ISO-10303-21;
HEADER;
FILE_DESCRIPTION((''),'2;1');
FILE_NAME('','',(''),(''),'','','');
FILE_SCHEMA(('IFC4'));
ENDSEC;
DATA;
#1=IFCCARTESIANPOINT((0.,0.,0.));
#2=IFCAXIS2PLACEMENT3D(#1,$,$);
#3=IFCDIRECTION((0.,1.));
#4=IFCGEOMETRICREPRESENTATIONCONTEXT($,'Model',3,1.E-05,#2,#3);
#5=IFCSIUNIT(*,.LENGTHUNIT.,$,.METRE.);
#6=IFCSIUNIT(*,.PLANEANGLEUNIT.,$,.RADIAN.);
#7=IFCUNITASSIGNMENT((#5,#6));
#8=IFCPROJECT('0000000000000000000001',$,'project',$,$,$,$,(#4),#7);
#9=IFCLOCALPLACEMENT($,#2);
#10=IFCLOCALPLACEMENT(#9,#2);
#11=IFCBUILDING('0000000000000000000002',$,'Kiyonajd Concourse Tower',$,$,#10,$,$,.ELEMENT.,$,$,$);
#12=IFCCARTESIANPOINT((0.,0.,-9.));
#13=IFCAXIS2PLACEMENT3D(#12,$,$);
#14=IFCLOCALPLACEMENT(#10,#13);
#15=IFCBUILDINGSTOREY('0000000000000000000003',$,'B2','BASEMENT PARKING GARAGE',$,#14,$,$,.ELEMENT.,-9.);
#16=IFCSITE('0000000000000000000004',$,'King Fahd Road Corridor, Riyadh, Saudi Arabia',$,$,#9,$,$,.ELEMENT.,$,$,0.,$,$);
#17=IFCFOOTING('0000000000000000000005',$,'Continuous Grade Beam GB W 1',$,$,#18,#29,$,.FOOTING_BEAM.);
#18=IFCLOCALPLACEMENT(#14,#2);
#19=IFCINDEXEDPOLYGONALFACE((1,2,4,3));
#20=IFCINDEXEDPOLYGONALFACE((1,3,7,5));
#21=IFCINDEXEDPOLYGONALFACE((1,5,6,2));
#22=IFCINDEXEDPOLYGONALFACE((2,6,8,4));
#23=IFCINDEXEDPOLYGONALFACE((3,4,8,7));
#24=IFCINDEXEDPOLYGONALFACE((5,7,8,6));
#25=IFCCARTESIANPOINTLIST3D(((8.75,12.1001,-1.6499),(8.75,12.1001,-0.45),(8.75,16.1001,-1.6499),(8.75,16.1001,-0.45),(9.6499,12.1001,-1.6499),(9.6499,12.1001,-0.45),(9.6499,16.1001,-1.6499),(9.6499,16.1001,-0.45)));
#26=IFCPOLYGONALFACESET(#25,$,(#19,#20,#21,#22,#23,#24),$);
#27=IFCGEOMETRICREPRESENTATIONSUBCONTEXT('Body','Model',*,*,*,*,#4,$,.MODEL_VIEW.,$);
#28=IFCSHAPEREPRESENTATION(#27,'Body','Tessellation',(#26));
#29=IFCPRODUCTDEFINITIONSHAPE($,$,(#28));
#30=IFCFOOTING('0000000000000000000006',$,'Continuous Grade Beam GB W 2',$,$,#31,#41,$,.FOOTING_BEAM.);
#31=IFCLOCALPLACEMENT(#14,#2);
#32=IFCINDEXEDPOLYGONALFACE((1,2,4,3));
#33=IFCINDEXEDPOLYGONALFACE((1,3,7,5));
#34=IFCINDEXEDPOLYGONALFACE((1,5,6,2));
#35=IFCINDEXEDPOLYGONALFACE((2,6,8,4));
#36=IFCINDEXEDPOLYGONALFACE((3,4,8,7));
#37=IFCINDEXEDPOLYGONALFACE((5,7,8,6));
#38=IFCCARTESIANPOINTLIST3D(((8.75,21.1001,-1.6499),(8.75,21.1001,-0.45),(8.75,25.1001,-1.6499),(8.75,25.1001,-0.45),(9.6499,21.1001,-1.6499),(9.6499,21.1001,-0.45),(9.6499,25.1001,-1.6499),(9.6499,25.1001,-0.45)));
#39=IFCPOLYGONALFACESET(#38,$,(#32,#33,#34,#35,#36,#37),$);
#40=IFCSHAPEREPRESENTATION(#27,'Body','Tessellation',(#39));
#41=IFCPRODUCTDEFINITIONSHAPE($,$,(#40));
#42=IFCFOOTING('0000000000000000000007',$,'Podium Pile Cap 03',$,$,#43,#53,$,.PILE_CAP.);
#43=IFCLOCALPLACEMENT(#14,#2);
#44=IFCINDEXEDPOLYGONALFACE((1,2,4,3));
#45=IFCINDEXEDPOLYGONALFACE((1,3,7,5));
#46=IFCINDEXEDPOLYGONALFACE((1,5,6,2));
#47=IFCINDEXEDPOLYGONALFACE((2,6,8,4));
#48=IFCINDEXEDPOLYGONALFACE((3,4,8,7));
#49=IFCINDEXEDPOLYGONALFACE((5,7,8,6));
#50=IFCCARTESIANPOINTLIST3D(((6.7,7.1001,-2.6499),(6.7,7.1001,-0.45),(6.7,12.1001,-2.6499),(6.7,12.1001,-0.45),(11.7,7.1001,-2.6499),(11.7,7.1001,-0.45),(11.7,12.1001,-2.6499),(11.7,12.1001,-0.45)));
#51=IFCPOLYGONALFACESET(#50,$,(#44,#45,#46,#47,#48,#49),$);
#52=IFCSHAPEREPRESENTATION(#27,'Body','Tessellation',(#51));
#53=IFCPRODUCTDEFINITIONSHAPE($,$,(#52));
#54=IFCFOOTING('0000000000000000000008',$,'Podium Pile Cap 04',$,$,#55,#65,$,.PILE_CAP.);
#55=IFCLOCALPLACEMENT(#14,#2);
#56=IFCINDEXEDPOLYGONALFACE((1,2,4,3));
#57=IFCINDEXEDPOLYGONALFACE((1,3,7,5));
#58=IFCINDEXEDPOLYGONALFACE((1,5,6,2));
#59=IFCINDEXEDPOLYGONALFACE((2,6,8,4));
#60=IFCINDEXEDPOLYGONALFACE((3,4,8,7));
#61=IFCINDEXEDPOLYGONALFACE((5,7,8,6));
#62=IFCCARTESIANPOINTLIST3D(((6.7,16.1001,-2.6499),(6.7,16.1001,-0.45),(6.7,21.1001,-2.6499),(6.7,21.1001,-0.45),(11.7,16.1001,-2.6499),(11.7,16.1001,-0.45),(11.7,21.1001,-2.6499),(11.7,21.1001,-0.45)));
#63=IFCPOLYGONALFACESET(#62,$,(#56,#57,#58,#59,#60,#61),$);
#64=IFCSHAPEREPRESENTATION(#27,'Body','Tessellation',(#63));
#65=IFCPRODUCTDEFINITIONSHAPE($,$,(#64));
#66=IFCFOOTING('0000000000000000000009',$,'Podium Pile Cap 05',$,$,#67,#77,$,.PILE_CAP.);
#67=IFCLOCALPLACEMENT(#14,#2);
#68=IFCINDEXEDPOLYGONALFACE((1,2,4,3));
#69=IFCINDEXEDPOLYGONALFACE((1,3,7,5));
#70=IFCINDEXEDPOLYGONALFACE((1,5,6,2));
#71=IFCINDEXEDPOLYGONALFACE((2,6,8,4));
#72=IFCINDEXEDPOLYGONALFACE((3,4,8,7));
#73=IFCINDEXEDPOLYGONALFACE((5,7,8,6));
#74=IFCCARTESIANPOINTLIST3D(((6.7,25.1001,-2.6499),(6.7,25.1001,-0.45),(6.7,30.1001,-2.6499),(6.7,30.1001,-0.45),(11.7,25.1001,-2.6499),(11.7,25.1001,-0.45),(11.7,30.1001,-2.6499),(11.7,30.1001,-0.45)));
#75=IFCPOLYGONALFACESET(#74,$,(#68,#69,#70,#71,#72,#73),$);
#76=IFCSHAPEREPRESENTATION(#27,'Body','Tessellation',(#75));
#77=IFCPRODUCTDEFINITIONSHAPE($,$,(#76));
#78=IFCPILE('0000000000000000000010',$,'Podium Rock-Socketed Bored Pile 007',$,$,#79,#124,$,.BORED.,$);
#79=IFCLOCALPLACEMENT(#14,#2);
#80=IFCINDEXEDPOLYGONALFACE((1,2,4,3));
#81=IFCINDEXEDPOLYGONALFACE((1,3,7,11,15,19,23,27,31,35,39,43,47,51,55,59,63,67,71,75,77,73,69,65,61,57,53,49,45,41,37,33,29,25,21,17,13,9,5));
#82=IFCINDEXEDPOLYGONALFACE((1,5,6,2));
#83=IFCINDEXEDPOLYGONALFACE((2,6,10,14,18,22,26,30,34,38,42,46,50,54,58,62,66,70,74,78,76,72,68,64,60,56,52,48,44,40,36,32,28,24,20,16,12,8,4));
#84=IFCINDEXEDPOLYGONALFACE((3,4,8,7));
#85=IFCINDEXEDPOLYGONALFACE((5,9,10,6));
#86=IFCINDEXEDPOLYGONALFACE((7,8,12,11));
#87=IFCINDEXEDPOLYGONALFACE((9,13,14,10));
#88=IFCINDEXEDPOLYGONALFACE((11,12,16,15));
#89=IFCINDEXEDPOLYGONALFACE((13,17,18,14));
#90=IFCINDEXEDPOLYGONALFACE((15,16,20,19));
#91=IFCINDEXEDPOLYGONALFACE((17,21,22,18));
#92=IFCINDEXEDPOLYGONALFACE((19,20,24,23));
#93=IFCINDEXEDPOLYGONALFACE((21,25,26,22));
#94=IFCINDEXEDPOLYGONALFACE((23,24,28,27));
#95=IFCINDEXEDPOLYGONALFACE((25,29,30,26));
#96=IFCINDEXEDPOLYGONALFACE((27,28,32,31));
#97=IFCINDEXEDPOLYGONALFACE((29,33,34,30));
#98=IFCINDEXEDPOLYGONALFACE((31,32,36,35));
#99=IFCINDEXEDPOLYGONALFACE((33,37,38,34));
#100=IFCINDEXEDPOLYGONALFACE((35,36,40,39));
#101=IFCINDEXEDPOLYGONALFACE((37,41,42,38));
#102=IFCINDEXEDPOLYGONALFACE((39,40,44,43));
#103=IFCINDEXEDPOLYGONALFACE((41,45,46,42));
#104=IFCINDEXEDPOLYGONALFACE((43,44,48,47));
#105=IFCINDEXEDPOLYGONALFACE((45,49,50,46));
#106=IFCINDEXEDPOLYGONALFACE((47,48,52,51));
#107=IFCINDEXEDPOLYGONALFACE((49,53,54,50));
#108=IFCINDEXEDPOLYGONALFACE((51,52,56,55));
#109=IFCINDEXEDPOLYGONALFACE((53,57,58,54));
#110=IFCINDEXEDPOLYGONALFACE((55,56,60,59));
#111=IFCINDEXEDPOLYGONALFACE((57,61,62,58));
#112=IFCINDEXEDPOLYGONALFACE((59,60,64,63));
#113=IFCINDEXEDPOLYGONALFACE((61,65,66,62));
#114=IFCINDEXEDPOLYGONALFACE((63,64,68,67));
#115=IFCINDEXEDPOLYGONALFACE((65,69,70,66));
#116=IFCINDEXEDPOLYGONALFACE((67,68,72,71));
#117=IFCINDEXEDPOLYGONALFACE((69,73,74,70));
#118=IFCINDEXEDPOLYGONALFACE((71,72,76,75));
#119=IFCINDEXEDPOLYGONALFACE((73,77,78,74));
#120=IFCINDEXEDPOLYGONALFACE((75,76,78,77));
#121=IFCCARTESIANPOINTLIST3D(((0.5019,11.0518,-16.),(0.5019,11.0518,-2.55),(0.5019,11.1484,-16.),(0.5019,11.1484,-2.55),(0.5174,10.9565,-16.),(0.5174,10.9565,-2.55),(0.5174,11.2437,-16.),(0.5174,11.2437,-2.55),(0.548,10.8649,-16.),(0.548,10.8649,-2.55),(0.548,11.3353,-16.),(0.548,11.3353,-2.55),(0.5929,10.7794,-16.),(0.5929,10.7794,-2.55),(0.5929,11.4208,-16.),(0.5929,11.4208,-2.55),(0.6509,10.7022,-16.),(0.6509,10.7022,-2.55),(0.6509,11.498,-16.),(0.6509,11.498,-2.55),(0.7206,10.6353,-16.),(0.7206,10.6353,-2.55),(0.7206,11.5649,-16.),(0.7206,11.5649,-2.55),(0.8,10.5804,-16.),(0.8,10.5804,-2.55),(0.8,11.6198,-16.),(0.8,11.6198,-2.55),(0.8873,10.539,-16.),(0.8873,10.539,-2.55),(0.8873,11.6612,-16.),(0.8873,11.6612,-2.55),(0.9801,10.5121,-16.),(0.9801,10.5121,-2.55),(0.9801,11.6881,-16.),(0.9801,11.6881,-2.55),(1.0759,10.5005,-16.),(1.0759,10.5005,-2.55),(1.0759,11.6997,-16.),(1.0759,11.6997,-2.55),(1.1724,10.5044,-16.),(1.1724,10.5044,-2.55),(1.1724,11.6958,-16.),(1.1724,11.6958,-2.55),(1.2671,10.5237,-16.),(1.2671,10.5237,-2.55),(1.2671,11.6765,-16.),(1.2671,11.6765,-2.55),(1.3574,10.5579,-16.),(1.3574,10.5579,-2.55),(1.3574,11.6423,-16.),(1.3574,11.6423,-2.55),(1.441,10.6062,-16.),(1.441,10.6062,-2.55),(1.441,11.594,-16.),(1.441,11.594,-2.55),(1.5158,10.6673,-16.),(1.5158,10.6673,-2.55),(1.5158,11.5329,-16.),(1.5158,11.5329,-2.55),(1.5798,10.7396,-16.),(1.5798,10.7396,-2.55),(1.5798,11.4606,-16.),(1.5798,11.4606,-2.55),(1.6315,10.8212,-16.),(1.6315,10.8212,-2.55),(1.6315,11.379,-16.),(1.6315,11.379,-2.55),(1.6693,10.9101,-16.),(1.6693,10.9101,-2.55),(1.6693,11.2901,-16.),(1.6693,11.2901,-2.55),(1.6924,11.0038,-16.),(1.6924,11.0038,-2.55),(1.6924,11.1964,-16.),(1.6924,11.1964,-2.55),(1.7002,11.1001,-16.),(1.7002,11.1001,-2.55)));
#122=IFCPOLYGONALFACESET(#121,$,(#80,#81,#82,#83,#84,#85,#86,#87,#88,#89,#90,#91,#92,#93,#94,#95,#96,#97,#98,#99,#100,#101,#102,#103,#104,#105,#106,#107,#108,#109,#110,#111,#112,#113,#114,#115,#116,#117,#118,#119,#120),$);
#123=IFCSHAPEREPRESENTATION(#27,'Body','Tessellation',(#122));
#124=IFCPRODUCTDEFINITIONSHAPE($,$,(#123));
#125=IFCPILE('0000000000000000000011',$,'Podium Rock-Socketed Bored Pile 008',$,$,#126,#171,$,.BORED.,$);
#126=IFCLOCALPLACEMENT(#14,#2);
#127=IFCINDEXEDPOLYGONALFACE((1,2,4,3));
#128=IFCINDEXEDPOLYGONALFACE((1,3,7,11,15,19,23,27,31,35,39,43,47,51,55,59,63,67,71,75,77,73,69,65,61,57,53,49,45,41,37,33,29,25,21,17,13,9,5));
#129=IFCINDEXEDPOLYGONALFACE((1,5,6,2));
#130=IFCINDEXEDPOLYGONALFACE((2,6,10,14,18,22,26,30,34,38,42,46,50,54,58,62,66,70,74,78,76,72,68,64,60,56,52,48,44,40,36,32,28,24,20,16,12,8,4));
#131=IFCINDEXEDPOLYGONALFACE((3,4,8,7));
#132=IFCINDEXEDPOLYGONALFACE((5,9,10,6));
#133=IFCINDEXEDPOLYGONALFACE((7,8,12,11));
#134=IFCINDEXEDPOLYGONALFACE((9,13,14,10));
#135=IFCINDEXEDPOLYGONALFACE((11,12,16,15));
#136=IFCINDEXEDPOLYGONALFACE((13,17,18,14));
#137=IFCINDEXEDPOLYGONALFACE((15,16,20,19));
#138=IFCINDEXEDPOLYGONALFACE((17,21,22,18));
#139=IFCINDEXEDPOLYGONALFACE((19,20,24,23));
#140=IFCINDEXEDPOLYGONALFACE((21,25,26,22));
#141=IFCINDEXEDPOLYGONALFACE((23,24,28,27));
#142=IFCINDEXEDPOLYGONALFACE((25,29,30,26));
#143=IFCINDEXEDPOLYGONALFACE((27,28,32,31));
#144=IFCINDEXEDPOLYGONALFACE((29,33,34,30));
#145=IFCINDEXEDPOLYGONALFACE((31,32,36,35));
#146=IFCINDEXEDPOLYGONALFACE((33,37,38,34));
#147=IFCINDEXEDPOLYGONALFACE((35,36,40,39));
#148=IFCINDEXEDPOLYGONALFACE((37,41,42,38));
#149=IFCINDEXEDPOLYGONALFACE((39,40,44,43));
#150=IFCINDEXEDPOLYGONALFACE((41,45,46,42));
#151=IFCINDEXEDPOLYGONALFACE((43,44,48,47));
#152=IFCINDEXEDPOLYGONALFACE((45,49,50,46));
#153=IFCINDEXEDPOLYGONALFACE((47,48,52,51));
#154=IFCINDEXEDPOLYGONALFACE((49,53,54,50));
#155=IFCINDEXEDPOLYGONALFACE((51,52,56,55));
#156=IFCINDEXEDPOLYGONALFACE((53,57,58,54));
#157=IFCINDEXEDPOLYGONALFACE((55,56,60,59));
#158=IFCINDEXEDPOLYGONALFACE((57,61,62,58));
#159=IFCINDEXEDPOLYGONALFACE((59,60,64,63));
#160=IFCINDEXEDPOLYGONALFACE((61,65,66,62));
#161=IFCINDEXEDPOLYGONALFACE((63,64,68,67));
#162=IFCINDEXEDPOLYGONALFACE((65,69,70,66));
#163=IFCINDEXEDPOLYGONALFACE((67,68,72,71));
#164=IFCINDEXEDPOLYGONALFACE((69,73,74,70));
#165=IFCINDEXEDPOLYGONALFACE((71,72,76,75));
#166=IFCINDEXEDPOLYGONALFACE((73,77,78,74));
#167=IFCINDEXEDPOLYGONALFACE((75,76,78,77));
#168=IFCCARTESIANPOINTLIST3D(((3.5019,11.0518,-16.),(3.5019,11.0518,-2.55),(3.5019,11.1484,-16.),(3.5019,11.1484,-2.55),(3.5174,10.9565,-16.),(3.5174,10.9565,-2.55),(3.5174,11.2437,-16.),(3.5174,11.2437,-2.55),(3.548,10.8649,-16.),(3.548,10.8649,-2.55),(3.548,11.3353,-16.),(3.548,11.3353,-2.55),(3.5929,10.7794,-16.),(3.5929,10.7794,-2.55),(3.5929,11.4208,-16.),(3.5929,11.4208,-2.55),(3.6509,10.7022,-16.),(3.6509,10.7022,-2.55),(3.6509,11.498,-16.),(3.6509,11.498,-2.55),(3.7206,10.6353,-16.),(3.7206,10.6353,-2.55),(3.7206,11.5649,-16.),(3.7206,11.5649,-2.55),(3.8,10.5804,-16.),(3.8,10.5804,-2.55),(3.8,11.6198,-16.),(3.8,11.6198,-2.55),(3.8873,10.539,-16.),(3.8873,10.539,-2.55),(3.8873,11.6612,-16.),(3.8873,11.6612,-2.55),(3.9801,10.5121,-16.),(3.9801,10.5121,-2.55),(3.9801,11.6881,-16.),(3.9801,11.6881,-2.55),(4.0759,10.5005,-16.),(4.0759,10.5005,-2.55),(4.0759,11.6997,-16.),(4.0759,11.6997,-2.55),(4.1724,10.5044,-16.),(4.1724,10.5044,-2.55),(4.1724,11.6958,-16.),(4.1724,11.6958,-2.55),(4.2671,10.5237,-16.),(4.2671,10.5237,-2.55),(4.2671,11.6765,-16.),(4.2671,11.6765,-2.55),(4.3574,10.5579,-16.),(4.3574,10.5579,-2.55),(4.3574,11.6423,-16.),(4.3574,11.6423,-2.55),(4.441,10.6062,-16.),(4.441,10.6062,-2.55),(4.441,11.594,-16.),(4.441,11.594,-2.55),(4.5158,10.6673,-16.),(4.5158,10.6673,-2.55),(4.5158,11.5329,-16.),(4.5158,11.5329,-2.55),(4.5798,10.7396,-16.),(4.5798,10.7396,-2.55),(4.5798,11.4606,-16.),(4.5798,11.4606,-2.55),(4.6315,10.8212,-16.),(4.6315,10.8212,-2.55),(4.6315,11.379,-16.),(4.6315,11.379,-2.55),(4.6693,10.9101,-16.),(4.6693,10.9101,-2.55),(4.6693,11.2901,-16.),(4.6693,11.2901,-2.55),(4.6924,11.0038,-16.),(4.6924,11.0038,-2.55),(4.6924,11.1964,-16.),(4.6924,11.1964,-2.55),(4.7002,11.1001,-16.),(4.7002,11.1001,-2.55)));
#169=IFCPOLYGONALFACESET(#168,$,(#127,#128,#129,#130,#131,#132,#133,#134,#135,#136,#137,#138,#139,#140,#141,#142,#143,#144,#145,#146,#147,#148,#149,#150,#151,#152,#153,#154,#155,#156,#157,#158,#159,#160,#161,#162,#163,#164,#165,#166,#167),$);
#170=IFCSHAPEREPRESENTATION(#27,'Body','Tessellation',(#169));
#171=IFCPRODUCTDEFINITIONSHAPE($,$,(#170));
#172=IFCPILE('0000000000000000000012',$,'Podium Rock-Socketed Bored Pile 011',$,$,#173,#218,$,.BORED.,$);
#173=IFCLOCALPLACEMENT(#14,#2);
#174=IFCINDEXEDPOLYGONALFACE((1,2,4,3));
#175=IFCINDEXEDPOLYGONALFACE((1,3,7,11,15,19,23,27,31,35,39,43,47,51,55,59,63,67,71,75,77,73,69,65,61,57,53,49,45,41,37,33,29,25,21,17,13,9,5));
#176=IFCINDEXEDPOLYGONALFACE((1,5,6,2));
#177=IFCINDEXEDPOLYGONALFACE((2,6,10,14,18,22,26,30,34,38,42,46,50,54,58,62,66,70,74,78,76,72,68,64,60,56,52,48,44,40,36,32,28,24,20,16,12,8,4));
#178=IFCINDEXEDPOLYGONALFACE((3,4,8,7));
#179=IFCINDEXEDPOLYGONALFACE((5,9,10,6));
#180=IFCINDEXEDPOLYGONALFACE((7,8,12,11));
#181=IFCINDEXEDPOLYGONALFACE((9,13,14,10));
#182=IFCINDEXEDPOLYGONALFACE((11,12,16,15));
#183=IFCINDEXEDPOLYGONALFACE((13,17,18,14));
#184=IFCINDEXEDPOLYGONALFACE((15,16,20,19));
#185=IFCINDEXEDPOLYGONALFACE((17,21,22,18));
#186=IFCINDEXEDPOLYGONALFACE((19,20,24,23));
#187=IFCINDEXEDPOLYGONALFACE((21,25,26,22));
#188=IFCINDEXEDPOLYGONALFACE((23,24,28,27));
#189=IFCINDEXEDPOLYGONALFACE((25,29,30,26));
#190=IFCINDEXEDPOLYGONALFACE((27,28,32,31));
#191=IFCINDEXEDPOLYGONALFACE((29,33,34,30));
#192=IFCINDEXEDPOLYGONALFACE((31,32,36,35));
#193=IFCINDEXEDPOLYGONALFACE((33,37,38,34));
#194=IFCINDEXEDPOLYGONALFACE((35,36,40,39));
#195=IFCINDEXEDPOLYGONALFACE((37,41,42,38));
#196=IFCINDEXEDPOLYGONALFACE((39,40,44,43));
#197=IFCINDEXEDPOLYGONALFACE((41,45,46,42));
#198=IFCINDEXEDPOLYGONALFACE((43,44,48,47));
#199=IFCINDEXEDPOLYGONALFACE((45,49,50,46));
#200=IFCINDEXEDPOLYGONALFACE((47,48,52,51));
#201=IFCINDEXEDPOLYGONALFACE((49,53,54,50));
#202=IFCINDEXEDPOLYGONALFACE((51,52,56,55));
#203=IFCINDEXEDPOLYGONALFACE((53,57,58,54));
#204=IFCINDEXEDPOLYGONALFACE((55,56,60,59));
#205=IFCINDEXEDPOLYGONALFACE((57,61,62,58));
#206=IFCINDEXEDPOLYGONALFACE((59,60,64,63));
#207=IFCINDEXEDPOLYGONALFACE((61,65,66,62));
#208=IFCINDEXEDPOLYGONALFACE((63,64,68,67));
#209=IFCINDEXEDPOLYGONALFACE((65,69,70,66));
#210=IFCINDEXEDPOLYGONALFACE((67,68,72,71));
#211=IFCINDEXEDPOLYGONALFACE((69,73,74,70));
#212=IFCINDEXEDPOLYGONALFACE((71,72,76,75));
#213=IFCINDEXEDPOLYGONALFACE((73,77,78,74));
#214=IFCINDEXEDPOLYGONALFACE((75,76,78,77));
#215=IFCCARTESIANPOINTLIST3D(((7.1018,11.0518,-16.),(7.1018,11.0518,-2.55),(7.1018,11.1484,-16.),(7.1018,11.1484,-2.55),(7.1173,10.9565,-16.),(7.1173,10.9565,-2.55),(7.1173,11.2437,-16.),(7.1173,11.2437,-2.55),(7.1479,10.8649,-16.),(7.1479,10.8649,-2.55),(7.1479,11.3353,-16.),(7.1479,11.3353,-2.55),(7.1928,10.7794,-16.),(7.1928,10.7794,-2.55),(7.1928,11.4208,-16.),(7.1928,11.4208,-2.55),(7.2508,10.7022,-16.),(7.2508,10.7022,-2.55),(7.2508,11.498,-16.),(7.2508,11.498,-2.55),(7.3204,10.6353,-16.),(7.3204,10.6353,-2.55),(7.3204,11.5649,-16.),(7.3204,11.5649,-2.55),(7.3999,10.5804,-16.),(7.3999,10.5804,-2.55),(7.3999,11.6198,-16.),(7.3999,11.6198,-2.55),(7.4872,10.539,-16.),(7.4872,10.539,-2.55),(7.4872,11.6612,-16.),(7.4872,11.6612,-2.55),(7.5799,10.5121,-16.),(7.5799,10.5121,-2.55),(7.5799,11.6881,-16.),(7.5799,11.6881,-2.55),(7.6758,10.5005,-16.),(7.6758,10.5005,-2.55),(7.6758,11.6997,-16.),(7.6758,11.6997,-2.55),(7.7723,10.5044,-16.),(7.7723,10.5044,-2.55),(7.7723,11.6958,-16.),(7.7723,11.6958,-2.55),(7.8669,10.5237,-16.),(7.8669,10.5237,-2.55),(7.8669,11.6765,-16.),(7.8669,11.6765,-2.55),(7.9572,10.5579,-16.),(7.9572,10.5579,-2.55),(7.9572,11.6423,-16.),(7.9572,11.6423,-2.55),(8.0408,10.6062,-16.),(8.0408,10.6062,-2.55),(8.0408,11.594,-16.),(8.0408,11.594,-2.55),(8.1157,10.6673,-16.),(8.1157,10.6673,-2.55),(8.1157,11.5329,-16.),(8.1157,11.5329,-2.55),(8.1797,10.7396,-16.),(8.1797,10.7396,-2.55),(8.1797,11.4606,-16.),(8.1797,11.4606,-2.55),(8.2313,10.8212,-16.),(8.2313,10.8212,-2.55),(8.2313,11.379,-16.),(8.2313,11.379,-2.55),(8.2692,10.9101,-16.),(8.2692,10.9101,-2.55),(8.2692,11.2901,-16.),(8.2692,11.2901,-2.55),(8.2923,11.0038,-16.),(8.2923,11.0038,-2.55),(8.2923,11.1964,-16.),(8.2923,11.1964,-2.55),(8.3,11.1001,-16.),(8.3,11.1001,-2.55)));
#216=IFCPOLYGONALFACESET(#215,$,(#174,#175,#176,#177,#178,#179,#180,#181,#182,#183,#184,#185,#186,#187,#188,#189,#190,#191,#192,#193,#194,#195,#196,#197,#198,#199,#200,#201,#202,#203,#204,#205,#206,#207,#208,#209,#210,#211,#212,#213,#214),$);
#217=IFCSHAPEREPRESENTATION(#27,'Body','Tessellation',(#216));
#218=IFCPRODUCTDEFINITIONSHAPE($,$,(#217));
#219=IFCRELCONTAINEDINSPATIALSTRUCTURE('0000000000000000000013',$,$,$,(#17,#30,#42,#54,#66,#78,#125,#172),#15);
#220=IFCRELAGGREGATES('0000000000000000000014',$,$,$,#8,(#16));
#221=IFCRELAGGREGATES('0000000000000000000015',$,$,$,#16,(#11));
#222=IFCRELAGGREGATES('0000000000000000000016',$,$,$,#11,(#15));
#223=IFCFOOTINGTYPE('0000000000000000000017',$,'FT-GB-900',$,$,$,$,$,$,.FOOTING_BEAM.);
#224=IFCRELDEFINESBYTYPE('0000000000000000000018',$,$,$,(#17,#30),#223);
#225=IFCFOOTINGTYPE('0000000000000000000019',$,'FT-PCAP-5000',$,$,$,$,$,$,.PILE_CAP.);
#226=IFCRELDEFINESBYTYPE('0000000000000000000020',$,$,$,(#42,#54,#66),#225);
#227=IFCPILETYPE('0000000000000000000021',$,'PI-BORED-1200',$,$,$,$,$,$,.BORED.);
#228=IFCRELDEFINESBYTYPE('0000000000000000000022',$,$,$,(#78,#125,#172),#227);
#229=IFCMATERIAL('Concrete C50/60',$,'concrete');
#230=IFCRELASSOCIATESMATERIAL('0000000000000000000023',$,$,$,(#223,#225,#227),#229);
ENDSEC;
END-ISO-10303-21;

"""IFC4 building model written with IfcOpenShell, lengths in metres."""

from ifc_helpers import new_model, si_unit, direction, frame, origin, origin_2d, place, context, subcontext, project, spatial, rectangle, circle, extrude, material, material_profile, profile_set, type_object, element, save


model = new_model("IFC4")

# Units and contexts
model_context = context("Model", 3, precision=1e-05, world=origin(), true_north=direction((0.0, 1.0)))
body_context = subcontext(model_context, "Body", "Model", "MODEL_VIEW")
ifc_project = project(units=[si_unit("LENGTHUNIT", "METRE"), si_unit("PLANEANGLEUNIT", "RADIAN")], contexts=[model_context])

# Site, building, storey
site_placement = place(None, origin())
site = spatial("IfcSite", under=ifc_project, at=site_placement, Name="King Fahd Road Corridor, Riyadh, Saudi Arabia", CompositionType="ELEMENT", RefElevation=0.0)
building_placement = place(site_placement, origin())
building = spatial("IfcBuilding", under=site, at=building_placement, Name="Kiyonajd Concourse Tower", CompositionType="ELEMENT")
storey_placement = place(building_placement, frame((0.0, 0.0, -9.0)))
storey = spatial("IfcBuildingStorey", under=building, at=storey_placement, Name="B2", Description="BASEMENT PARKING GARAGE", CompositionType="ELEMENT", Elevation=-9.0)

# Footings
ifc_material_1 = material(Name="Concrete C50/60", Category="concrete")
footing_type_1 = type_object("IfcFootingType", Name="FT-GB-900", PredefinedType="FOOTING_BEAM", material=ifc_material_1)
for number, where, z_axis, x_axis, name in (
    (1, (9.2, 14.1001, -1.6499), (0.0, 0.0, 1.0), (0.0, 1.0, 0.0), "Continuous Grade Beam GB W 1"),
    (2, (9.2, 23.1001, -1.6499), (0.0, 0.0, 1.0), (0.0, 1.0, 0.0), "Continuous Grade Beam GB W 2"),
):
    element("IfcFooting", number, at=place(storey_placement, frame(where, z_axis=z_axis, x_axis=x_axis)), inside=storey, type_object=footing_type_1, Name=name, PredefinedType="FOOTING_BEAM", context=body_context, shape_type="SweptSolid", body=[
        extrude(rectangle(XDim=4.0, YDim=0.8999, at=origin_2d()), origin(), (0.0, 0.0, 1.0), 1.2),
    ])
footing_type_2 = type_object("IfcFootingType", Name="FT-PCAP-5000", PredefinedType="PILE_CAP", material=ifc_material_1)
for number, where, z_axis, x_axis, name in (
    (3, (9.2, 9.6001, -2.6499), (0.0, 0.0, 1.0), (1.0, 0.0, 0.0), "Podium Pile Cap 03"),
    (4, (9.2, 18.6001, -2.6499), (0.0, 0.0, 1.0), (1.0, 0.0, 0.0), "Podium Pile Cap 04"),
    (5, (9.2, 27.6001, -2.6499), (0.0, 0.0, 1.0), (1.0, 0.0, 0.0), "Podium Pile Cap 05"),
):
    element("IfcFooting", number, at=place(storey_placement, frame(where, z_axis=z_axis, x_axis=x_axis)), inside=storey, type_object=footing_type_2, Name=name, PredefinedType="PILE_CAP", context=body_context, shape_type="SweptSolid", body=[
        extrude(rectangle(XDim=5.0, YDim=5.0, at=origin_2d()), origin(), (0.0, 0.0, 1.0), 2.2),
    ])

# Piles
ifc_material_profile_1 = material_profile(ifc_material_1, circle(Radius=0.6001, at=origin_2d()), Name="PILE-D1200")
ifc_profile_set_1 = profile_set([ifc_material_profile_1], Name="Concrete C50/60")
pile_type = type_object("IfcPileType", Name="PI-BORED-1200", PredefinedType="BORED", material=ifc_profile_set_1)
for number, where, z_axis, x_axis, name in (
    (6, (1.1001, 11.1001, -2.55), (0.0, 0.0, -1.0), (1.0, 0.0, 0.0), "Podium Rock-Socketed Bored Pile 007"),
    (7, (4.1001, 11.1001, -2.55), (0.0, 0.0, -1.0), (1.0, 0.0, 0.0), "Podium Rock-Socketed Bored Pile 008"),
    (8, (7.7, 11.1001, -2.55), (0.0, 0.0, -1.0), (1.0, 0.0, 0.0), "Podium Rock-Socketed Bored Pile 011"),
):
    element("IfcPile", number, at=place(storey_placement, frame(where, z_axis=z_axis, x_axis=x_axis)), inside=storey, type_object=pile_type, Name=name, PredefinedType="BORED", context=body_context, shape_type="SweptSolid", body=[
        extrude(circle(Radius=0.6001, at=origin_2d()), origin(), (0.0, 0.0, 1.0), 13.45),
    ])

save(model, "model.ifc")
